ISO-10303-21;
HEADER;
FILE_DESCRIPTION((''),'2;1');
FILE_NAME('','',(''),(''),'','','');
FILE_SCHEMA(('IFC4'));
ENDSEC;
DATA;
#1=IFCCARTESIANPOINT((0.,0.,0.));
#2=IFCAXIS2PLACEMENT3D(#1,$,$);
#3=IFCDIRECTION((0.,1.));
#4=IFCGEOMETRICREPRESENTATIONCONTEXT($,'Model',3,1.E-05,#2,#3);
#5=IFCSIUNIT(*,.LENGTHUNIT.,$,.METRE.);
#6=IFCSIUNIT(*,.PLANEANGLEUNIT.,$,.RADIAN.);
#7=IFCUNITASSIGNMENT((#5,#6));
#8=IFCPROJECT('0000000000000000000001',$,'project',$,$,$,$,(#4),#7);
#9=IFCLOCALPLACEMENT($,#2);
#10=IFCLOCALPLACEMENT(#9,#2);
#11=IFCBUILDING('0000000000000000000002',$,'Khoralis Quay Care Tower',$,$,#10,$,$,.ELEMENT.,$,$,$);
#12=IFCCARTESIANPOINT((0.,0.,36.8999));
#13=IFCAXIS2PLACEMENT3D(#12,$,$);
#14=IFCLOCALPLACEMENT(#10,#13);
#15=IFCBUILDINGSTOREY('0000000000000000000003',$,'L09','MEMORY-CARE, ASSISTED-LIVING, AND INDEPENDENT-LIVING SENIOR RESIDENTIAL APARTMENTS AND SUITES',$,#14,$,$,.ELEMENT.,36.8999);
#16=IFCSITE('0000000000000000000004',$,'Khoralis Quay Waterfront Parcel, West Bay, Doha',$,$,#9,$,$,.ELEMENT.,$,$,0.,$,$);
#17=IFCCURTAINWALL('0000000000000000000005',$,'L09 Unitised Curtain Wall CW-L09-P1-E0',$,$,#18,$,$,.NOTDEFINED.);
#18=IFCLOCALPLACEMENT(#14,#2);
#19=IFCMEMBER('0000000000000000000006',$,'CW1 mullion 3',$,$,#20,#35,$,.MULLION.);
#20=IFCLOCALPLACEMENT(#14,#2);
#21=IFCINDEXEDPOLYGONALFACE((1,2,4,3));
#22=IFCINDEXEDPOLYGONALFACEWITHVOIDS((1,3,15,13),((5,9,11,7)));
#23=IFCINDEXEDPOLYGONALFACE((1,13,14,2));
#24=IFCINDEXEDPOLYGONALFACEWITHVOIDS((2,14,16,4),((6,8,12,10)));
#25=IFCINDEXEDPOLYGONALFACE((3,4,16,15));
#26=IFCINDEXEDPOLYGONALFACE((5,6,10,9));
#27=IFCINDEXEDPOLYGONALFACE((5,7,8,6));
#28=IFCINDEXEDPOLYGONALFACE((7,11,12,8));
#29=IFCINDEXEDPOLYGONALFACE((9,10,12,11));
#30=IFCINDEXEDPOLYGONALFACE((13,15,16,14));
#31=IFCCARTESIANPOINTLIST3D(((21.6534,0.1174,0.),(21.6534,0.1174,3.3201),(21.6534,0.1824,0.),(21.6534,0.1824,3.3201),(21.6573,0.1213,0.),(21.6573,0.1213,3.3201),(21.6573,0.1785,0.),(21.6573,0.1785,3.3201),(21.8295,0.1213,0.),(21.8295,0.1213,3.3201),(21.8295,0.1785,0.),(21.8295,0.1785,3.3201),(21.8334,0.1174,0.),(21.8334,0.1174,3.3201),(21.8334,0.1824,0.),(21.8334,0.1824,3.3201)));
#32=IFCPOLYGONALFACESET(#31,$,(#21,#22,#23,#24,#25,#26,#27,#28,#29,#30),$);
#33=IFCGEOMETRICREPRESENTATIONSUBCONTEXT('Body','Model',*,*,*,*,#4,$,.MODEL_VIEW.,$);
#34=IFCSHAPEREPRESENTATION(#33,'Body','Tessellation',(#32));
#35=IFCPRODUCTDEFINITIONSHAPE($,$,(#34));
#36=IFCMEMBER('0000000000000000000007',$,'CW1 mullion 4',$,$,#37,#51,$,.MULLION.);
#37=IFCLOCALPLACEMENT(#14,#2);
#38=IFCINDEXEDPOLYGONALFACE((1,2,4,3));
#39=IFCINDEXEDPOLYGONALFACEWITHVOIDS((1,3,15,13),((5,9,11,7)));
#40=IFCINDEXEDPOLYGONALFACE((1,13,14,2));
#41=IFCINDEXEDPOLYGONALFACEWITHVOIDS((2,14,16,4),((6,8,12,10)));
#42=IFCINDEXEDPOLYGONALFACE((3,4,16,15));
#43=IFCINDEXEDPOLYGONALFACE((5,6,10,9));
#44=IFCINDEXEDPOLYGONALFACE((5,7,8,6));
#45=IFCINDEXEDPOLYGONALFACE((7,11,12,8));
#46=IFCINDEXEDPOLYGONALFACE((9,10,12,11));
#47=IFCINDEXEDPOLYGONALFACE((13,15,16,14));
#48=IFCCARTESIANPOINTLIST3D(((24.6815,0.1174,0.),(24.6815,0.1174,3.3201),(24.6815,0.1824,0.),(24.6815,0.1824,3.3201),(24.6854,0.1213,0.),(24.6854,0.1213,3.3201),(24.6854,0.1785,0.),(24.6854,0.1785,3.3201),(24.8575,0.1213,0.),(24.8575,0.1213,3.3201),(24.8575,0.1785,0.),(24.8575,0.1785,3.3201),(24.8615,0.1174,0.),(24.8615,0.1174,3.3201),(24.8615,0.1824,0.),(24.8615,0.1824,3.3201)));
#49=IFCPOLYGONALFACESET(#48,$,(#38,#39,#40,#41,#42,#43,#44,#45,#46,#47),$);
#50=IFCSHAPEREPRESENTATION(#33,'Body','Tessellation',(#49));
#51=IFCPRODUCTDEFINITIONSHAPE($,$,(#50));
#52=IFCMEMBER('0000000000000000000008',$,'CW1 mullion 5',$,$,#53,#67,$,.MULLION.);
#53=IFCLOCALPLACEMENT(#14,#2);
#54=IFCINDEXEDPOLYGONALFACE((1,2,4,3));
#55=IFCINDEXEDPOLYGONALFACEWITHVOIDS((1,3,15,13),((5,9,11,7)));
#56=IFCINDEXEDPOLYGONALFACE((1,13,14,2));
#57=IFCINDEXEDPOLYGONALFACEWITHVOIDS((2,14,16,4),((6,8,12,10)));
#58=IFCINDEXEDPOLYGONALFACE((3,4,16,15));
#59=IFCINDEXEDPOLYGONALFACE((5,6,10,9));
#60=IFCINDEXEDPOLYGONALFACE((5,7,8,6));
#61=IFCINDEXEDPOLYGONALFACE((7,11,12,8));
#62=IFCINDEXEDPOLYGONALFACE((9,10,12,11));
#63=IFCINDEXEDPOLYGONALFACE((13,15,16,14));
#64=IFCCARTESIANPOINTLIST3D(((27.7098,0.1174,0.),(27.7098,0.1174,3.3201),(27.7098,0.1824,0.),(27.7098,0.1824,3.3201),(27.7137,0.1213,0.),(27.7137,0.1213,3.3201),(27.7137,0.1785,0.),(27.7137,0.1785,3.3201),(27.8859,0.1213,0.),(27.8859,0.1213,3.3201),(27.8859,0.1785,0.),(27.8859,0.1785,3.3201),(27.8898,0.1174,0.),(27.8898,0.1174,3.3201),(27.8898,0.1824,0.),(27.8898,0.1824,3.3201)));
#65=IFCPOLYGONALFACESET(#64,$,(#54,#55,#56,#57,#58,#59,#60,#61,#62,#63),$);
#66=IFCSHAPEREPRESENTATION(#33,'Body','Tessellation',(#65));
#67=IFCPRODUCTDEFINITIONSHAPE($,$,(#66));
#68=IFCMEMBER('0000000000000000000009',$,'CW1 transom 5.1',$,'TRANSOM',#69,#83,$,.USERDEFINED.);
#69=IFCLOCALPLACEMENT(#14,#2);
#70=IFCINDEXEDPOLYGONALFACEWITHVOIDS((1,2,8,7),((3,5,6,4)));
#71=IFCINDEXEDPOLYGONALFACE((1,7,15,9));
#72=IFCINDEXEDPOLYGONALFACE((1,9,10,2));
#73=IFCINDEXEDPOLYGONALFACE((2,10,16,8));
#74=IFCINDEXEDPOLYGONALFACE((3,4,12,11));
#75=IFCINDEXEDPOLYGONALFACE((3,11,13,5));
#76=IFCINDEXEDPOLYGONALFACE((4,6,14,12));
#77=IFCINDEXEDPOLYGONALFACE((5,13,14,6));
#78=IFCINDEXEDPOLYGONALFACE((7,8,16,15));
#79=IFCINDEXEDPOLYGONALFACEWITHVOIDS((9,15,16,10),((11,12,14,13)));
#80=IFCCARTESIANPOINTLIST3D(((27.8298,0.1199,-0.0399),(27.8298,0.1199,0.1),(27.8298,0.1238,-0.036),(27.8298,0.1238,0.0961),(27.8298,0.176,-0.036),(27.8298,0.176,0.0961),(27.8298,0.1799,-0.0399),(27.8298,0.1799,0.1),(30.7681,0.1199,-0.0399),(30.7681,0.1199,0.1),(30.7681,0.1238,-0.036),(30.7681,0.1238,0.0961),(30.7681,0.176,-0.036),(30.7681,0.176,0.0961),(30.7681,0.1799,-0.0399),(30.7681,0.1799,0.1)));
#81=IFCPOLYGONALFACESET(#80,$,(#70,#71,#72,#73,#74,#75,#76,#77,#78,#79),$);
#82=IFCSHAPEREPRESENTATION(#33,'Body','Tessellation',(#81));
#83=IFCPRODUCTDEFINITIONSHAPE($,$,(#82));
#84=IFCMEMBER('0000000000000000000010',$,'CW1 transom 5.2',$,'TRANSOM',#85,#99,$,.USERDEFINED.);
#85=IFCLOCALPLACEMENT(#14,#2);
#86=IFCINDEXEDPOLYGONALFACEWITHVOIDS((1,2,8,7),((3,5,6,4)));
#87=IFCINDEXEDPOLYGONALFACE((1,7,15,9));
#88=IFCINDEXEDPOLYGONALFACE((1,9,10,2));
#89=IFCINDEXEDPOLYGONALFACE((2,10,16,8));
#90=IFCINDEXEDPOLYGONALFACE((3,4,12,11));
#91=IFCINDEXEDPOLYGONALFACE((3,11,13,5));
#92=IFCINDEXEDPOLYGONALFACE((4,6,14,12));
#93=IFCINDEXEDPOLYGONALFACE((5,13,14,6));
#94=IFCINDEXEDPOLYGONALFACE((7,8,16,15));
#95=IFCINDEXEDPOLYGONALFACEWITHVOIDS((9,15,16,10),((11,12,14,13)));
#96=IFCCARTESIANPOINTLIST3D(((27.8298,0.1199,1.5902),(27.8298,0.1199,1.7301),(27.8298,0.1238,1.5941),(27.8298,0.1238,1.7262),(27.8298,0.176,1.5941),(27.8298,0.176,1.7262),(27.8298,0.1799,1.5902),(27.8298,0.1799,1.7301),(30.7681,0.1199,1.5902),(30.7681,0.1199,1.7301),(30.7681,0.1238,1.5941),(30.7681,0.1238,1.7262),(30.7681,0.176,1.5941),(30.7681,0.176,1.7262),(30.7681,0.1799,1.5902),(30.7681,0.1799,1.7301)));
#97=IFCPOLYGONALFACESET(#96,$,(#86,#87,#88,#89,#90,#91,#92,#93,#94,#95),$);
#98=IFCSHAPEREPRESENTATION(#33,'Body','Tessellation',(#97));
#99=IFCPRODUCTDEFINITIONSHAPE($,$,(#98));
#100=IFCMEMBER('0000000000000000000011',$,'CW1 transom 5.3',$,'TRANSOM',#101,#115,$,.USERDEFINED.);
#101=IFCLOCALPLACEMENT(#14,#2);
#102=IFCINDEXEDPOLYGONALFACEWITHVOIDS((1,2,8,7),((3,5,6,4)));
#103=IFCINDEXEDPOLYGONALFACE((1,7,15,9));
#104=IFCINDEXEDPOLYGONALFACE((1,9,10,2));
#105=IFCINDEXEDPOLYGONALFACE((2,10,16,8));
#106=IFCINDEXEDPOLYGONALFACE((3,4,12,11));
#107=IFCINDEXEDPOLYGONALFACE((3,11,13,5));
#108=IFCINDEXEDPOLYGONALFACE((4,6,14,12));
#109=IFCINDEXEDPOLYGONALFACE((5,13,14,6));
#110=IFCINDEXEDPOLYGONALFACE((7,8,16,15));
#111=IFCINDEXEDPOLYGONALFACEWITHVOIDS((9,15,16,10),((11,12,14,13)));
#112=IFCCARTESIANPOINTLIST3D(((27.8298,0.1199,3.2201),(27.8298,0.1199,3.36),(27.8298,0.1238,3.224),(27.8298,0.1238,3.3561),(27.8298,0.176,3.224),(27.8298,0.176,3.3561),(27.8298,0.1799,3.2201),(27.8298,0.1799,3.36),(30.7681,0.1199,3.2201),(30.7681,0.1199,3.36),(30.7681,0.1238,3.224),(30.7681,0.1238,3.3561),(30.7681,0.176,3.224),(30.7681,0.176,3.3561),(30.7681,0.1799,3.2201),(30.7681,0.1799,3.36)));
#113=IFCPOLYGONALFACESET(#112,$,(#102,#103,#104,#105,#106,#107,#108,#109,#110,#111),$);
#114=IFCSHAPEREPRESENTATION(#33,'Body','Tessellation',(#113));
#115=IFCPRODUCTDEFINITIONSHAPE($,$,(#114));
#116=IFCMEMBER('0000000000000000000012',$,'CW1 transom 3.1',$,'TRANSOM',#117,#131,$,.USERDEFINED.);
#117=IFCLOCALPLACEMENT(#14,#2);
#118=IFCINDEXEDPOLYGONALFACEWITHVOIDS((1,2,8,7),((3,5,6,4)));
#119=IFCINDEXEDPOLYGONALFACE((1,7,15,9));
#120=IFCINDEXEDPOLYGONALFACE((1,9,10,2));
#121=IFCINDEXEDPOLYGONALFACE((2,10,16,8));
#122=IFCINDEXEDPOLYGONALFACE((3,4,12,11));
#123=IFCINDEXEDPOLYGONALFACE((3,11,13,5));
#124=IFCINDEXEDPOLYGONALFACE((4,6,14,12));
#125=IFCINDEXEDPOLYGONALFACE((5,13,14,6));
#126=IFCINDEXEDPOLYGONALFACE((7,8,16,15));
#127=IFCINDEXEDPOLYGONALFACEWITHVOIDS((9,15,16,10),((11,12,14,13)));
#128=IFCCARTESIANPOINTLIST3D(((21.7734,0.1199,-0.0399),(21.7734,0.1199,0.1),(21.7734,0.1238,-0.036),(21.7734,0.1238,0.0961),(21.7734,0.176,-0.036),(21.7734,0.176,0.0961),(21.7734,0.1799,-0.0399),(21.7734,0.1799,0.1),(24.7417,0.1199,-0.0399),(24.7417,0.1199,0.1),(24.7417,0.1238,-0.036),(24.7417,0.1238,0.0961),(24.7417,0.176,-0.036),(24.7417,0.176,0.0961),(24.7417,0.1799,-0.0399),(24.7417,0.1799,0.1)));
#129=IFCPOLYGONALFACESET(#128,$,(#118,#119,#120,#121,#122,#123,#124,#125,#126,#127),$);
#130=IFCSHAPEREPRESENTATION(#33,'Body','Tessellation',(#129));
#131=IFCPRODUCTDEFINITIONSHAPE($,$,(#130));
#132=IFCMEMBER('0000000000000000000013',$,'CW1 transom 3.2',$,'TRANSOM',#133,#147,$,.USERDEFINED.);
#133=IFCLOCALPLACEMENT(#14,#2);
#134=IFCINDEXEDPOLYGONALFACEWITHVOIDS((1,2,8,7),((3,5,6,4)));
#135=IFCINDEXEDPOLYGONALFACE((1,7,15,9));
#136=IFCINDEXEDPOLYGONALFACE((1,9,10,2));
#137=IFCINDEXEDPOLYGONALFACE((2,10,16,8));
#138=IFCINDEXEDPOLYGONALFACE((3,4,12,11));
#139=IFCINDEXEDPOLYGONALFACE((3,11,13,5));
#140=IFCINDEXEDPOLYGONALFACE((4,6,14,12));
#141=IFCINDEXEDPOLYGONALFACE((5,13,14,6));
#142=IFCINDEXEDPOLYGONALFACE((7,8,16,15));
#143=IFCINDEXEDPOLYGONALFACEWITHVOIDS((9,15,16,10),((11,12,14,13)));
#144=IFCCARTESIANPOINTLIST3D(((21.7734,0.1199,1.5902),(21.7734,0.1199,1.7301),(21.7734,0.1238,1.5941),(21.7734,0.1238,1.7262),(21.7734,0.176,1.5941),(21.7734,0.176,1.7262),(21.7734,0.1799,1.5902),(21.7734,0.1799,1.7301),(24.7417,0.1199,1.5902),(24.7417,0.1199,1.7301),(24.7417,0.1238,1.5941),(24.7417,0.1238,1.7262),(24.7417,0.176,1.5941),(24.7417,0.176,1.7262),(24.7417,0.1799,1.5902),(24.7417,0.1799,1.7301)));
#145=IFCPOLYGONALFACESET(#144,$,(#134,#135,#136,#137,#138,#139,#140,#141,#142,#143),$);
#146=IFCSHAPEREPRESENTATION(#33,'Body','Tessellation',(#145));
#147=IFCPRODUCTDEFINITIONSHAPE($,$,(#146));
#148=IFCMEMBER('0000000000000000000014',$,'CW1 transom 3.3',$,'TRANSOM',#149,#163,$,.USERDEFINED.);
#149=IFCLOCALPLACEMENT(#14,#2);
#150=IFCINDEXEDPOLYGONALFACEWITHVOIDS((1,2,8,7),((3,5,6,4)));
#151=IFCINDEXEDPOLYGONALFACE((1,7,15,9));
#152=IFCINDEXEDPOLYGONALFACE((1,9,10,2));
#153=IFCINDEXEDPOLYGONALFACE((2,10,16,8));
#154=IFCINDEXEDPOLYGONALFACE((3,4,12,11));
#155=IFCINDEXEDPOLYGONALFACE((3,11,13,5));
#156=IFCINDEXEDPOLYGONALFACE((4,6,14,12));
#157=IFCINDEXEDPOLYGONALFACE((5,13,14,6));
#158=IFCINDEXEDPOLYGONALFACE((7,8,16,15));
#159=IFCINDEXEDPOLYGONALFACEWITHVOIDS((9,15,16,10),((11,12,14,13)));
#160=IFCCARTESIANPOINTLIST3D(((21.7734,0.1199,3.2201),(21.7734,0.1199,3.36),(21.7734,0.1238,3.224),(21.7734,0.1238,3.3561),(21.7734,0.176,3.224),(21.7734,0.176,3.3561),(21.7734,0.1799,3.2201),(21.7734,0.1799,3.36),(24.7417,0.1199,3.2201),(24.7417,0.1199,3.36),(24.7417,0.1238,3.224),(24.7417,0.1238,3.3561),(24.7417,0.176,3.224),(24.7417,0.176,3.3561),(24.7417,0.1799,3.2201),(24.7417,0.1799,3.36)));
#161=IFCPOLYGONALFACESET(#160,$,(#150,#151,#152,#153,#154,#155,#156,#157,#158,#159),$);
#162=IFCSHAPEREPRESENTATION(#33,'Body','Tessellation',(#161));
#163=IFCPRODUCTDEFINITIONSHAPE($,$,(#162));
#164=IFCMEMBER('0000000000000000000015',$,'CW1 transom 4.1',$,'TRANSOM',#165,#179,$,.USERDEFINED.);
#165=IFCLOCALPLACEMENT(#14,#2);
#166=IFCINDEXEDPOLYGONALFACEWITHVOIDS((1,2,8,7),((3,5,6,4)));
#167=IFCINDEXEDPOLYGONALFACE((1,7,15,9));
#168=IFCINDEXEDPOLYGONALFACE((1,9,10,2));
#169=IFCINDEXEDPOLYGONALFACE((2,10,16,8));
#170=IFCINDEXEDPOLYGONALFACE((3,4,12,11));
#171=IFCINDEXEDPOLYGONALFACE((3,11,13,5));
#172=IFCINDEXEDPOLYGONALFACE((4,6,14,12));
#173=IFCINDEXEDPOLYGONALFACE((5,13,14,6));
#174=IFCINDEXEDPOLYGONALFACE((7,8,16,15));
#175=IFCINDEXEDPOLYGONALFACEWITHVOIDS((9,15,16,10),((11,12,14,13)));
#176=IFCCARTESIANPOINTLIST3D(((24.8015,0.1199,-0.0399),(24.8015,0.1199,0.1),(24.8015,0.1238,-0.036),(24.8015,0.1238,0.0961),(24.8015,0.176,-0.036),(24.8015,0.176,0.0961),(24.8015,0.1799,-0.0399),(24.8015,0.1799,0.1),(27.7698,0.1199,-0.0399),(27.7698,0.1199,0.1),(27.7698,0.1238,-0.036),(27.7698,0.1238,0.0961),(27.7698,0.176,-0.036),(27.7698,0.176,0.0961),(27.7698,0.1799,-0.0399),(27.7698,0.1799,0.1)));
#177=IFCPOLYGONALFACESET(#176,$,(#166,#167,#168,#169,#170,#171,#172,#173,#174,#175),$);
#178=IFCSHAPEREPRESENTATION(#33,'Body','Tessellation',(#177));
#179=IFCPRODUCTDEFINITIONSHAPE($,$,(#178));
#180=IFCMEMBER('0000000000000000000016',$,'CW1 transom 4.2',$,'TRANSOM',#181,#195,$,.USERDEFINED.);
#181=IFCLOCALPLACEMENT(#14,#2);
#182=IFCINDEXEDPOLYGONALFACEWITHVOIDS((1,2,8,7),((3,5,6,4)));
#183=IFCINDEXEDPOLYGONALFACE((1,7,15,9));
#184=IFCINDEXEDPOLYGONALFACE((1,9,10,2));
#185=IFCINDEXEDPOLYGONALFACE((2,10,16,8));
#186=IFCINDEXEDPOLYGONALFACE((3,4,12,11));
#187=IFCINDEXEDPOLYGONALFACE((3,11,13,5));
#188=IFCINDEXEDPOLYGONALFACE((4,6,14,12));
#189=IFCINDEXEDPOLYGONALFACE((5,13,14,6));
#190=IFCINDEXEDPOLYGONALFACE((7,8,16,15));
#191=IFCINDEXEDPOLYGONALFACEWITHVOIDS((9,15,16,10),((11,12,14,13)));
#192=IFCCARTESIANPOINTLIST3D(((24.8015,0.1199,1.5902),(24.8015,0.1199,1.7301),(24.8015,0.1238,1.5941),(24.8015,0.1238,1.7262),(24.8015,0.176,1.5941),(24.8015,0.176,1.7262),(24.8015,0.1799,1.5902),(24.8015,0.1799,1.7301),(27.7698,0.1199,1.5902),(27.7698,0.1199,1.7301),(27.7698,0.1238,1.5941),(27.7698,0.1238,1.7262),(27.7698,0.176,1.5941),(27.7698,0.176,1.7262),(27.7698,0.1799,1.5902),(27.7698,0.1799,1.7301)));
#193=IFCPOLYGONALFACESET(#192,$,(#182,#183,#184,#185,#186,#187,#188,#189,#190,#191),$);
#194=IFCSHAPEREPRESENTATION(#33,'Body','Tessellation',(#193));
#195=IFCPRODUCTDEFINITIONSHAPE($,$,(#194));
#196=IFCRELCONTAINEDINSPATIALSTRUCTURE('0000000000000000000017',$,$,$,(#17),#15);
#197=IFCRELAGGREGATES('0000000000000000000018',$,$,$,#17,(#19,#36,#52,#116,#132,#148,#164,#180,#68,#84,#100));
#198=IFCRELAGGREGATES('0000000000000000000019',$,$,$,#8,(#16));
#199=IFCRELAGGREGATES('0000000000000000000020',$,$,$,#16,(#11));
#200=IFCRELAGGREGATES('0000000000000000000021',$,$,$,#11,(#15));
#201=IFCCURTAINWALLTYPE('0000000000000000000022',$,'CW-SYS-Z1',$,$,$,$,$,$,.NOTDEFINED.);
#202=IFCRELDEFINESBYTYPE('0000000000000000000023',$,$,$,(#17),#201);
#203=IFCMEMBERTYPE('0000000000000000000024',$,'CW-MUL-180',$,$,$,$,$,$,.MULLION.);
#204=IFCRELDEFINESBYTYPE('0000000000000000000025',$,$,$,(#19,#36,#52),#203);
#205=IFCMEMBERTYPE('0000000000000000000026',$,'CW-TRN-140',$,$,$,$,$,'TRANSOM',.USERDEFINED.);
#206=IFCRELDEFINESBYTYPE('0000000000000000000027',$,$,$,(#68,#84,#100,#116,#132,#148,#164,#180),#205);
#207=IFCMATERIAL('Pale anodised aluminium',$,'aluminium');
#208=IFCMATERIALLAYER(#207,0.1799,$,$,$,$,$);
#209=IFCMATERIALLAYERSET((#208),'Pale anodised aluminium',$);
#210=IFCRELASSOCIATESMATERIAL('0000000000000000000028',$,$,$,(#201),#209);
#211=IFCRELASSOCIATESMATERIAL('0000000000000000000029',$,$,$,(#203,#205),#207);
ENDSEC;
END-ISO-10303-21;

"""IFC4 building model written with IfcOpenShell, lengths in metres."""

from ifc_helpers import new_model, si_unit, direction, frame, origin, origin_2d, place, context, subcontext, project, spatial, hollow_rectangle, extrude, source, transform, mapped, material, layer, layer_set, material_profile, profile_set, type_object, element, aggregate, save


model = new_model("IFC4")

# Units and contexts
model_context = context("Model", 3, precision=1e-05, world=origin(), true_north=direction((0.0, 1.0)))
body_context = subcontext(model_context, "Body", "Model", "MODEL_VIEW")
ifc_project = project(units=[si_unit("LENGTHUNIT", "METRE"), si_unit("PLANEANGLEUNIT", "RADIAN")], contexts=[model_context])

# Site, building, storey
site_placement = place(None, origin())
site = spatial("IfcSite", under=ifc_project, at=site_placement, Name="Khoralis Quay Waterfront Parcel, West Bay, Doha", CompositionType="ELEMENT", RefElevation=0.0)
building_placement = place(site_placement, origin())
building = spatial("IfcBuilding", under=site, at=building_placement, Name="Khoralis Quay Care Tower", CompositionType="ELEMENT")
storey_placement = place(building_placement, frame((0.0, 0.0, 36.8999)))
storey = spatial("IfcBuildingStorey", under=building, at=storey_placement, Name="L09", Description="MEMORY-CARE, ASSISTED-LIVING, AND INDEPENDENT-LIVING SENIOR RESIDENTIAL APARTMENTS AND SUITES", CompositionType="ELEMENT", Elevation=36.8999)

# Curtain wall, members
ifc_material_1 = material(Name="Pale anodised aluminium", Category="aluminium")
ifc_layer_1 = layer(ifc_material_1, 0.1799)
ifc_layer_set_1 = layer_set([ifc_layer_1], Name="Pale anodised aluminium")
curtain_wall_type = type_object("IfcCurtainWallType", Name="CW-SYS-Z1", PredefinedType="NOTDEFINED", material=ifc_layer_set_1)
curtain_wall_placement = place(storey_placement, origin())
curtain_wall = element("IfcCurtainWall", 1, at=curtain_wall_placement, inside=storey, type_object=curtain_wall_type, Name="L09 Unitised Curtain Wall CW-L09-P1-E0", PredefinedType="NOTDEFINED")
ifc_material_profile_1 = material_profile(ifc_material_1, hollow_rectangle(XDim=0.0649, YDim=0.1799, WallThickness=0.0039, at=origin_2d()), Name="Pale anodised aluminium")
ifc_profile_set_1 = profile_set([ifc_material_profile_1], Name="Pale anodised aluminium")
member_type_1 = type_object("IfcMemberType", Name="CW-MUL-180", PredefinedType="MULLION", material=ifc_profile_set_1)
shared_shape_1 = source(origin(), body_context, "Body", "SweptSolid", [
    extrude(hollow_rectangle(XDim=0.0649, YDim=0.1799, WallThickness=0.0039, at=origin_2d()), origin(), (0.0, 0.0, 1.0), 3.3201),
])
member_1_placement = place(storey_placement, frame((21.7434, 0.1499, 0.0), z_axis=(0.0, 0.0, 1.0), x_axis=(0.0, 1.0, 0.0)))
member_1 = element("IfcMember", 2, at=member_1_placement, type_object=member_type_1, Name="CW1 mullion 3", PredefinedType="MULLION", context=body_context, shape_type="MappedRepresentation", body=[
    mapped(shared_shape_1, transform((0.0, 0.0, 0.0), scale=1.0)),
])
member_2_placement = place(storey_placement, frame((24.7715, 0.1499, 0.0), z_axis=(0.0, 0.0, 1.0), x_axis=(0.0, 1.0, 0.0)))
member_2 = element("IfcMember", 3, at=member_2_placement, type_object=member_type_1, Name="CW1 mullion 4", PredefinedType="MULLION", context=body_context, shape_type="MappedRepresentation", body=[
    mapped(shared_shape_1, transform((0.0, 0.0, 0.0), scale=1.0)),
])
member_3_placement = place(storey_placement, frame((27.7998, 0.1499, 0.0), z_axis=(0.0, 0.0, 1.0), x_axis=(0.0, 1.0, 0.0)))
member_3 = element("IfcMember", 4, at=member_3_placement, type_object=member_type_1, Name="CW1 mullion 5", PredefinedType="MULLION", context=body_context, shape_type="MappedRepresentation", body=[
    mapped(shared_shape_1, transform((0.0, 0.0, 0.0), scale=1.0)),
])
ifc_material_profile_2 = material_profile(ifc_material_1, hollow_rectangle(XDim=0.0601, YDim=0.1399, WallThickness=0.0039, at=origin_2d()), Name="Pale anodised aluminium")
ifc_profile_set_2 = profile_set([ifc_material_profile_2], Name="Pale anodised aluminium")
member_type_2 = type_object("IfcMemberType", Name="CW-TRN-140", ElementType="TRANSOM", PredefinedType="USERDEFINED", material=ifc_profile_set_2)
shared_shape_2 = source(origin(), body_context, "Body", "SweptSolid", [
    extrude(hollow_rectangle(XDim=0.0601, YDim=0.1399, WallThickness=0.0039, at=origin_2d()), origin(), (0.0, 0.0, 1.0), 2.9382),
])
member_4_placement = place(storey_placement, frame((27.8298, 0.1499, 0.03), z_axis=(1.0, 0.0, 0.0), x_axis=(0.0, 1.0, 0.0)))
member_4 = element("IfcMember", 5, at=member_4_placement, type_object=member_type_2, Name="CW1 transom 5.1", ObjectType="TRANSOM", PredefinedType="USERDEFINED", context=body_context, shape_type="MappedRepresentation", body=[
    mapped(shared_shape_2, transform((0.0, 0.0, 0.0), scale=1.0)),
])
member_5_placement = place(storey_placement, frame((27.8298, 0.1499, 1.6602), z_axis=(1.0, 0.0, 0.0), x_axis=(0.0, 1.0, 0.0)))
member_5 = element("IfcMember", 6, at=member_5_placement, type_object=member_type_2, Name="CW1 transom 5.2", ObjectType="TRANSOM", PredefinedType="USERDEFINED", context=body_context, shape_type="MappedRepresentation", body=[
    mapped(shared_shape_2, transform((0.0, 0.0, 0.0), scale=1.0)),
])
member_6_placement = place(storey_placement, frame((27.8298, 0.1499, 3.29), z_axis=(1.0, 0.0, 0.0), x_axis=(0.0, 1.0, 0.0)))
member_6 = element("IfcMember", 7, at=member_6_placement, type_object=member_type_2, Name="CW1 transom 5.3", ObjectType="TRANSOM", PredefinedType="USERDEFINED", context=body_context, shape_type="MappedRepresentation", body=[
    mapped(shared_shape_2, transform((0.0, 0.0, 0.0), scale=1.0)),
])
shared_shape_3 = source(origin(), body_context, "Body", "SweptSolid", [
    extrude(hollow_rectangle(XDim=0.0601, YDim=0.1399, WallThickness=0.0039, at=origin_2d()), origin(), (0.0, 0.0, 1.0), 2.9683),
])
member_7_placement = place(storey_placement, frame((21.7734, 0.1499, 0.03), z_axis=(1.0, 0.0, 0.0), x_axis=(0.0, 1.0, 0.0)))
member_7 = element("IfcMember", 8, at=member_7_placement, type_object=member_type_2, Name="CW1 transom 3.1", ObjectType="TRANSOM", PredefinedType="USERDEFINED", context=body_context, shape_type="MappedRepresentation", body=[
    mapped(shared_shape_3, transform((0.0, 0.0, 0.0), scale=1.0)),
])
member_8_placement = place(storey_placement, frame((21.7734, 0.1499, 1.6602), z_axis=(1.0, 0.0, 0.0), x_axis=(0.0, 1.0, 0.0)))
member_8 = element("IfcMember", 9, at=member_8_placement, type_object=member_type_2, Name="CW1 transom 3.2", ObjectType="TRANSOM", PredefinedType="USERDEFINED", context=body_context, shape_type="MappedRepresentation", body=[
    mapped(shared_shape_3, transform((0.0, 0.0, 0.0), scale=1.0)),
])
member_9_placement = place(storey_placement, frame((21.7734, 0.1499, 3.29), z_axis=(1.0, 0.0, 0.0), x_axis=(0.0, 1.0, 0.0)))
member_9 = element("IfcMember", 10, at=member_9_placement, type_object=member_type_2, Name="CW1 transom 3.3", ObjectType="TRANSOM", PredefinedType="USERDEFINED", context=body_context, shape_type="MappedRepresentation", body=[
    mapped(shared_shape_3, transform((0.0, 0.0, 0.0), scale=1.0)),
])
member_10_placement = place(storey_placement, frame((24.8015, 0.1499, 0.03), z_axis=(1.0, 0.0, 0.0), x_axis=(0.0, 1.0, 0.0)))
member_10 = element("IfcMember", 11, at=member_10_placement, type_object=member_type_2, Name="CW1 transom 4.1", ObjectType="TRANSOM", PredefinedType="USERDEFINED", context=body_context, shape_type="MappedRepresentation", body=[
    mapped(shared_shape_3, transform((0.0, 0.0, 0.0), scale=1.0)),
])
member_11_placement = place(storey_placement, frame((24.8015, 0.1499, 1.6602), z_axis=(1.0, 0.0, 0.0), x_axis=(0.0, 1.0, 0.0)))
member_11 = element("IfcMember", 12, at=member_11_placement, type_object=member_type_2, Name="CW1 transom 4.2", ObjectType="TRANSOM", PredefinedType="USERDEFINED", context=body_context, shape_type="MappedRepresentation", body=[
    mapped(shared_shape_3, transform((0.0, 0.0, 0.0), scale=1.0)),
])
aggregate(curtain_wall, [member_1, member_2, member_3, member_7, member_8, member_9, member_10, member_11, member_4, member_5, member_6])

save(model, "model.ifc")
